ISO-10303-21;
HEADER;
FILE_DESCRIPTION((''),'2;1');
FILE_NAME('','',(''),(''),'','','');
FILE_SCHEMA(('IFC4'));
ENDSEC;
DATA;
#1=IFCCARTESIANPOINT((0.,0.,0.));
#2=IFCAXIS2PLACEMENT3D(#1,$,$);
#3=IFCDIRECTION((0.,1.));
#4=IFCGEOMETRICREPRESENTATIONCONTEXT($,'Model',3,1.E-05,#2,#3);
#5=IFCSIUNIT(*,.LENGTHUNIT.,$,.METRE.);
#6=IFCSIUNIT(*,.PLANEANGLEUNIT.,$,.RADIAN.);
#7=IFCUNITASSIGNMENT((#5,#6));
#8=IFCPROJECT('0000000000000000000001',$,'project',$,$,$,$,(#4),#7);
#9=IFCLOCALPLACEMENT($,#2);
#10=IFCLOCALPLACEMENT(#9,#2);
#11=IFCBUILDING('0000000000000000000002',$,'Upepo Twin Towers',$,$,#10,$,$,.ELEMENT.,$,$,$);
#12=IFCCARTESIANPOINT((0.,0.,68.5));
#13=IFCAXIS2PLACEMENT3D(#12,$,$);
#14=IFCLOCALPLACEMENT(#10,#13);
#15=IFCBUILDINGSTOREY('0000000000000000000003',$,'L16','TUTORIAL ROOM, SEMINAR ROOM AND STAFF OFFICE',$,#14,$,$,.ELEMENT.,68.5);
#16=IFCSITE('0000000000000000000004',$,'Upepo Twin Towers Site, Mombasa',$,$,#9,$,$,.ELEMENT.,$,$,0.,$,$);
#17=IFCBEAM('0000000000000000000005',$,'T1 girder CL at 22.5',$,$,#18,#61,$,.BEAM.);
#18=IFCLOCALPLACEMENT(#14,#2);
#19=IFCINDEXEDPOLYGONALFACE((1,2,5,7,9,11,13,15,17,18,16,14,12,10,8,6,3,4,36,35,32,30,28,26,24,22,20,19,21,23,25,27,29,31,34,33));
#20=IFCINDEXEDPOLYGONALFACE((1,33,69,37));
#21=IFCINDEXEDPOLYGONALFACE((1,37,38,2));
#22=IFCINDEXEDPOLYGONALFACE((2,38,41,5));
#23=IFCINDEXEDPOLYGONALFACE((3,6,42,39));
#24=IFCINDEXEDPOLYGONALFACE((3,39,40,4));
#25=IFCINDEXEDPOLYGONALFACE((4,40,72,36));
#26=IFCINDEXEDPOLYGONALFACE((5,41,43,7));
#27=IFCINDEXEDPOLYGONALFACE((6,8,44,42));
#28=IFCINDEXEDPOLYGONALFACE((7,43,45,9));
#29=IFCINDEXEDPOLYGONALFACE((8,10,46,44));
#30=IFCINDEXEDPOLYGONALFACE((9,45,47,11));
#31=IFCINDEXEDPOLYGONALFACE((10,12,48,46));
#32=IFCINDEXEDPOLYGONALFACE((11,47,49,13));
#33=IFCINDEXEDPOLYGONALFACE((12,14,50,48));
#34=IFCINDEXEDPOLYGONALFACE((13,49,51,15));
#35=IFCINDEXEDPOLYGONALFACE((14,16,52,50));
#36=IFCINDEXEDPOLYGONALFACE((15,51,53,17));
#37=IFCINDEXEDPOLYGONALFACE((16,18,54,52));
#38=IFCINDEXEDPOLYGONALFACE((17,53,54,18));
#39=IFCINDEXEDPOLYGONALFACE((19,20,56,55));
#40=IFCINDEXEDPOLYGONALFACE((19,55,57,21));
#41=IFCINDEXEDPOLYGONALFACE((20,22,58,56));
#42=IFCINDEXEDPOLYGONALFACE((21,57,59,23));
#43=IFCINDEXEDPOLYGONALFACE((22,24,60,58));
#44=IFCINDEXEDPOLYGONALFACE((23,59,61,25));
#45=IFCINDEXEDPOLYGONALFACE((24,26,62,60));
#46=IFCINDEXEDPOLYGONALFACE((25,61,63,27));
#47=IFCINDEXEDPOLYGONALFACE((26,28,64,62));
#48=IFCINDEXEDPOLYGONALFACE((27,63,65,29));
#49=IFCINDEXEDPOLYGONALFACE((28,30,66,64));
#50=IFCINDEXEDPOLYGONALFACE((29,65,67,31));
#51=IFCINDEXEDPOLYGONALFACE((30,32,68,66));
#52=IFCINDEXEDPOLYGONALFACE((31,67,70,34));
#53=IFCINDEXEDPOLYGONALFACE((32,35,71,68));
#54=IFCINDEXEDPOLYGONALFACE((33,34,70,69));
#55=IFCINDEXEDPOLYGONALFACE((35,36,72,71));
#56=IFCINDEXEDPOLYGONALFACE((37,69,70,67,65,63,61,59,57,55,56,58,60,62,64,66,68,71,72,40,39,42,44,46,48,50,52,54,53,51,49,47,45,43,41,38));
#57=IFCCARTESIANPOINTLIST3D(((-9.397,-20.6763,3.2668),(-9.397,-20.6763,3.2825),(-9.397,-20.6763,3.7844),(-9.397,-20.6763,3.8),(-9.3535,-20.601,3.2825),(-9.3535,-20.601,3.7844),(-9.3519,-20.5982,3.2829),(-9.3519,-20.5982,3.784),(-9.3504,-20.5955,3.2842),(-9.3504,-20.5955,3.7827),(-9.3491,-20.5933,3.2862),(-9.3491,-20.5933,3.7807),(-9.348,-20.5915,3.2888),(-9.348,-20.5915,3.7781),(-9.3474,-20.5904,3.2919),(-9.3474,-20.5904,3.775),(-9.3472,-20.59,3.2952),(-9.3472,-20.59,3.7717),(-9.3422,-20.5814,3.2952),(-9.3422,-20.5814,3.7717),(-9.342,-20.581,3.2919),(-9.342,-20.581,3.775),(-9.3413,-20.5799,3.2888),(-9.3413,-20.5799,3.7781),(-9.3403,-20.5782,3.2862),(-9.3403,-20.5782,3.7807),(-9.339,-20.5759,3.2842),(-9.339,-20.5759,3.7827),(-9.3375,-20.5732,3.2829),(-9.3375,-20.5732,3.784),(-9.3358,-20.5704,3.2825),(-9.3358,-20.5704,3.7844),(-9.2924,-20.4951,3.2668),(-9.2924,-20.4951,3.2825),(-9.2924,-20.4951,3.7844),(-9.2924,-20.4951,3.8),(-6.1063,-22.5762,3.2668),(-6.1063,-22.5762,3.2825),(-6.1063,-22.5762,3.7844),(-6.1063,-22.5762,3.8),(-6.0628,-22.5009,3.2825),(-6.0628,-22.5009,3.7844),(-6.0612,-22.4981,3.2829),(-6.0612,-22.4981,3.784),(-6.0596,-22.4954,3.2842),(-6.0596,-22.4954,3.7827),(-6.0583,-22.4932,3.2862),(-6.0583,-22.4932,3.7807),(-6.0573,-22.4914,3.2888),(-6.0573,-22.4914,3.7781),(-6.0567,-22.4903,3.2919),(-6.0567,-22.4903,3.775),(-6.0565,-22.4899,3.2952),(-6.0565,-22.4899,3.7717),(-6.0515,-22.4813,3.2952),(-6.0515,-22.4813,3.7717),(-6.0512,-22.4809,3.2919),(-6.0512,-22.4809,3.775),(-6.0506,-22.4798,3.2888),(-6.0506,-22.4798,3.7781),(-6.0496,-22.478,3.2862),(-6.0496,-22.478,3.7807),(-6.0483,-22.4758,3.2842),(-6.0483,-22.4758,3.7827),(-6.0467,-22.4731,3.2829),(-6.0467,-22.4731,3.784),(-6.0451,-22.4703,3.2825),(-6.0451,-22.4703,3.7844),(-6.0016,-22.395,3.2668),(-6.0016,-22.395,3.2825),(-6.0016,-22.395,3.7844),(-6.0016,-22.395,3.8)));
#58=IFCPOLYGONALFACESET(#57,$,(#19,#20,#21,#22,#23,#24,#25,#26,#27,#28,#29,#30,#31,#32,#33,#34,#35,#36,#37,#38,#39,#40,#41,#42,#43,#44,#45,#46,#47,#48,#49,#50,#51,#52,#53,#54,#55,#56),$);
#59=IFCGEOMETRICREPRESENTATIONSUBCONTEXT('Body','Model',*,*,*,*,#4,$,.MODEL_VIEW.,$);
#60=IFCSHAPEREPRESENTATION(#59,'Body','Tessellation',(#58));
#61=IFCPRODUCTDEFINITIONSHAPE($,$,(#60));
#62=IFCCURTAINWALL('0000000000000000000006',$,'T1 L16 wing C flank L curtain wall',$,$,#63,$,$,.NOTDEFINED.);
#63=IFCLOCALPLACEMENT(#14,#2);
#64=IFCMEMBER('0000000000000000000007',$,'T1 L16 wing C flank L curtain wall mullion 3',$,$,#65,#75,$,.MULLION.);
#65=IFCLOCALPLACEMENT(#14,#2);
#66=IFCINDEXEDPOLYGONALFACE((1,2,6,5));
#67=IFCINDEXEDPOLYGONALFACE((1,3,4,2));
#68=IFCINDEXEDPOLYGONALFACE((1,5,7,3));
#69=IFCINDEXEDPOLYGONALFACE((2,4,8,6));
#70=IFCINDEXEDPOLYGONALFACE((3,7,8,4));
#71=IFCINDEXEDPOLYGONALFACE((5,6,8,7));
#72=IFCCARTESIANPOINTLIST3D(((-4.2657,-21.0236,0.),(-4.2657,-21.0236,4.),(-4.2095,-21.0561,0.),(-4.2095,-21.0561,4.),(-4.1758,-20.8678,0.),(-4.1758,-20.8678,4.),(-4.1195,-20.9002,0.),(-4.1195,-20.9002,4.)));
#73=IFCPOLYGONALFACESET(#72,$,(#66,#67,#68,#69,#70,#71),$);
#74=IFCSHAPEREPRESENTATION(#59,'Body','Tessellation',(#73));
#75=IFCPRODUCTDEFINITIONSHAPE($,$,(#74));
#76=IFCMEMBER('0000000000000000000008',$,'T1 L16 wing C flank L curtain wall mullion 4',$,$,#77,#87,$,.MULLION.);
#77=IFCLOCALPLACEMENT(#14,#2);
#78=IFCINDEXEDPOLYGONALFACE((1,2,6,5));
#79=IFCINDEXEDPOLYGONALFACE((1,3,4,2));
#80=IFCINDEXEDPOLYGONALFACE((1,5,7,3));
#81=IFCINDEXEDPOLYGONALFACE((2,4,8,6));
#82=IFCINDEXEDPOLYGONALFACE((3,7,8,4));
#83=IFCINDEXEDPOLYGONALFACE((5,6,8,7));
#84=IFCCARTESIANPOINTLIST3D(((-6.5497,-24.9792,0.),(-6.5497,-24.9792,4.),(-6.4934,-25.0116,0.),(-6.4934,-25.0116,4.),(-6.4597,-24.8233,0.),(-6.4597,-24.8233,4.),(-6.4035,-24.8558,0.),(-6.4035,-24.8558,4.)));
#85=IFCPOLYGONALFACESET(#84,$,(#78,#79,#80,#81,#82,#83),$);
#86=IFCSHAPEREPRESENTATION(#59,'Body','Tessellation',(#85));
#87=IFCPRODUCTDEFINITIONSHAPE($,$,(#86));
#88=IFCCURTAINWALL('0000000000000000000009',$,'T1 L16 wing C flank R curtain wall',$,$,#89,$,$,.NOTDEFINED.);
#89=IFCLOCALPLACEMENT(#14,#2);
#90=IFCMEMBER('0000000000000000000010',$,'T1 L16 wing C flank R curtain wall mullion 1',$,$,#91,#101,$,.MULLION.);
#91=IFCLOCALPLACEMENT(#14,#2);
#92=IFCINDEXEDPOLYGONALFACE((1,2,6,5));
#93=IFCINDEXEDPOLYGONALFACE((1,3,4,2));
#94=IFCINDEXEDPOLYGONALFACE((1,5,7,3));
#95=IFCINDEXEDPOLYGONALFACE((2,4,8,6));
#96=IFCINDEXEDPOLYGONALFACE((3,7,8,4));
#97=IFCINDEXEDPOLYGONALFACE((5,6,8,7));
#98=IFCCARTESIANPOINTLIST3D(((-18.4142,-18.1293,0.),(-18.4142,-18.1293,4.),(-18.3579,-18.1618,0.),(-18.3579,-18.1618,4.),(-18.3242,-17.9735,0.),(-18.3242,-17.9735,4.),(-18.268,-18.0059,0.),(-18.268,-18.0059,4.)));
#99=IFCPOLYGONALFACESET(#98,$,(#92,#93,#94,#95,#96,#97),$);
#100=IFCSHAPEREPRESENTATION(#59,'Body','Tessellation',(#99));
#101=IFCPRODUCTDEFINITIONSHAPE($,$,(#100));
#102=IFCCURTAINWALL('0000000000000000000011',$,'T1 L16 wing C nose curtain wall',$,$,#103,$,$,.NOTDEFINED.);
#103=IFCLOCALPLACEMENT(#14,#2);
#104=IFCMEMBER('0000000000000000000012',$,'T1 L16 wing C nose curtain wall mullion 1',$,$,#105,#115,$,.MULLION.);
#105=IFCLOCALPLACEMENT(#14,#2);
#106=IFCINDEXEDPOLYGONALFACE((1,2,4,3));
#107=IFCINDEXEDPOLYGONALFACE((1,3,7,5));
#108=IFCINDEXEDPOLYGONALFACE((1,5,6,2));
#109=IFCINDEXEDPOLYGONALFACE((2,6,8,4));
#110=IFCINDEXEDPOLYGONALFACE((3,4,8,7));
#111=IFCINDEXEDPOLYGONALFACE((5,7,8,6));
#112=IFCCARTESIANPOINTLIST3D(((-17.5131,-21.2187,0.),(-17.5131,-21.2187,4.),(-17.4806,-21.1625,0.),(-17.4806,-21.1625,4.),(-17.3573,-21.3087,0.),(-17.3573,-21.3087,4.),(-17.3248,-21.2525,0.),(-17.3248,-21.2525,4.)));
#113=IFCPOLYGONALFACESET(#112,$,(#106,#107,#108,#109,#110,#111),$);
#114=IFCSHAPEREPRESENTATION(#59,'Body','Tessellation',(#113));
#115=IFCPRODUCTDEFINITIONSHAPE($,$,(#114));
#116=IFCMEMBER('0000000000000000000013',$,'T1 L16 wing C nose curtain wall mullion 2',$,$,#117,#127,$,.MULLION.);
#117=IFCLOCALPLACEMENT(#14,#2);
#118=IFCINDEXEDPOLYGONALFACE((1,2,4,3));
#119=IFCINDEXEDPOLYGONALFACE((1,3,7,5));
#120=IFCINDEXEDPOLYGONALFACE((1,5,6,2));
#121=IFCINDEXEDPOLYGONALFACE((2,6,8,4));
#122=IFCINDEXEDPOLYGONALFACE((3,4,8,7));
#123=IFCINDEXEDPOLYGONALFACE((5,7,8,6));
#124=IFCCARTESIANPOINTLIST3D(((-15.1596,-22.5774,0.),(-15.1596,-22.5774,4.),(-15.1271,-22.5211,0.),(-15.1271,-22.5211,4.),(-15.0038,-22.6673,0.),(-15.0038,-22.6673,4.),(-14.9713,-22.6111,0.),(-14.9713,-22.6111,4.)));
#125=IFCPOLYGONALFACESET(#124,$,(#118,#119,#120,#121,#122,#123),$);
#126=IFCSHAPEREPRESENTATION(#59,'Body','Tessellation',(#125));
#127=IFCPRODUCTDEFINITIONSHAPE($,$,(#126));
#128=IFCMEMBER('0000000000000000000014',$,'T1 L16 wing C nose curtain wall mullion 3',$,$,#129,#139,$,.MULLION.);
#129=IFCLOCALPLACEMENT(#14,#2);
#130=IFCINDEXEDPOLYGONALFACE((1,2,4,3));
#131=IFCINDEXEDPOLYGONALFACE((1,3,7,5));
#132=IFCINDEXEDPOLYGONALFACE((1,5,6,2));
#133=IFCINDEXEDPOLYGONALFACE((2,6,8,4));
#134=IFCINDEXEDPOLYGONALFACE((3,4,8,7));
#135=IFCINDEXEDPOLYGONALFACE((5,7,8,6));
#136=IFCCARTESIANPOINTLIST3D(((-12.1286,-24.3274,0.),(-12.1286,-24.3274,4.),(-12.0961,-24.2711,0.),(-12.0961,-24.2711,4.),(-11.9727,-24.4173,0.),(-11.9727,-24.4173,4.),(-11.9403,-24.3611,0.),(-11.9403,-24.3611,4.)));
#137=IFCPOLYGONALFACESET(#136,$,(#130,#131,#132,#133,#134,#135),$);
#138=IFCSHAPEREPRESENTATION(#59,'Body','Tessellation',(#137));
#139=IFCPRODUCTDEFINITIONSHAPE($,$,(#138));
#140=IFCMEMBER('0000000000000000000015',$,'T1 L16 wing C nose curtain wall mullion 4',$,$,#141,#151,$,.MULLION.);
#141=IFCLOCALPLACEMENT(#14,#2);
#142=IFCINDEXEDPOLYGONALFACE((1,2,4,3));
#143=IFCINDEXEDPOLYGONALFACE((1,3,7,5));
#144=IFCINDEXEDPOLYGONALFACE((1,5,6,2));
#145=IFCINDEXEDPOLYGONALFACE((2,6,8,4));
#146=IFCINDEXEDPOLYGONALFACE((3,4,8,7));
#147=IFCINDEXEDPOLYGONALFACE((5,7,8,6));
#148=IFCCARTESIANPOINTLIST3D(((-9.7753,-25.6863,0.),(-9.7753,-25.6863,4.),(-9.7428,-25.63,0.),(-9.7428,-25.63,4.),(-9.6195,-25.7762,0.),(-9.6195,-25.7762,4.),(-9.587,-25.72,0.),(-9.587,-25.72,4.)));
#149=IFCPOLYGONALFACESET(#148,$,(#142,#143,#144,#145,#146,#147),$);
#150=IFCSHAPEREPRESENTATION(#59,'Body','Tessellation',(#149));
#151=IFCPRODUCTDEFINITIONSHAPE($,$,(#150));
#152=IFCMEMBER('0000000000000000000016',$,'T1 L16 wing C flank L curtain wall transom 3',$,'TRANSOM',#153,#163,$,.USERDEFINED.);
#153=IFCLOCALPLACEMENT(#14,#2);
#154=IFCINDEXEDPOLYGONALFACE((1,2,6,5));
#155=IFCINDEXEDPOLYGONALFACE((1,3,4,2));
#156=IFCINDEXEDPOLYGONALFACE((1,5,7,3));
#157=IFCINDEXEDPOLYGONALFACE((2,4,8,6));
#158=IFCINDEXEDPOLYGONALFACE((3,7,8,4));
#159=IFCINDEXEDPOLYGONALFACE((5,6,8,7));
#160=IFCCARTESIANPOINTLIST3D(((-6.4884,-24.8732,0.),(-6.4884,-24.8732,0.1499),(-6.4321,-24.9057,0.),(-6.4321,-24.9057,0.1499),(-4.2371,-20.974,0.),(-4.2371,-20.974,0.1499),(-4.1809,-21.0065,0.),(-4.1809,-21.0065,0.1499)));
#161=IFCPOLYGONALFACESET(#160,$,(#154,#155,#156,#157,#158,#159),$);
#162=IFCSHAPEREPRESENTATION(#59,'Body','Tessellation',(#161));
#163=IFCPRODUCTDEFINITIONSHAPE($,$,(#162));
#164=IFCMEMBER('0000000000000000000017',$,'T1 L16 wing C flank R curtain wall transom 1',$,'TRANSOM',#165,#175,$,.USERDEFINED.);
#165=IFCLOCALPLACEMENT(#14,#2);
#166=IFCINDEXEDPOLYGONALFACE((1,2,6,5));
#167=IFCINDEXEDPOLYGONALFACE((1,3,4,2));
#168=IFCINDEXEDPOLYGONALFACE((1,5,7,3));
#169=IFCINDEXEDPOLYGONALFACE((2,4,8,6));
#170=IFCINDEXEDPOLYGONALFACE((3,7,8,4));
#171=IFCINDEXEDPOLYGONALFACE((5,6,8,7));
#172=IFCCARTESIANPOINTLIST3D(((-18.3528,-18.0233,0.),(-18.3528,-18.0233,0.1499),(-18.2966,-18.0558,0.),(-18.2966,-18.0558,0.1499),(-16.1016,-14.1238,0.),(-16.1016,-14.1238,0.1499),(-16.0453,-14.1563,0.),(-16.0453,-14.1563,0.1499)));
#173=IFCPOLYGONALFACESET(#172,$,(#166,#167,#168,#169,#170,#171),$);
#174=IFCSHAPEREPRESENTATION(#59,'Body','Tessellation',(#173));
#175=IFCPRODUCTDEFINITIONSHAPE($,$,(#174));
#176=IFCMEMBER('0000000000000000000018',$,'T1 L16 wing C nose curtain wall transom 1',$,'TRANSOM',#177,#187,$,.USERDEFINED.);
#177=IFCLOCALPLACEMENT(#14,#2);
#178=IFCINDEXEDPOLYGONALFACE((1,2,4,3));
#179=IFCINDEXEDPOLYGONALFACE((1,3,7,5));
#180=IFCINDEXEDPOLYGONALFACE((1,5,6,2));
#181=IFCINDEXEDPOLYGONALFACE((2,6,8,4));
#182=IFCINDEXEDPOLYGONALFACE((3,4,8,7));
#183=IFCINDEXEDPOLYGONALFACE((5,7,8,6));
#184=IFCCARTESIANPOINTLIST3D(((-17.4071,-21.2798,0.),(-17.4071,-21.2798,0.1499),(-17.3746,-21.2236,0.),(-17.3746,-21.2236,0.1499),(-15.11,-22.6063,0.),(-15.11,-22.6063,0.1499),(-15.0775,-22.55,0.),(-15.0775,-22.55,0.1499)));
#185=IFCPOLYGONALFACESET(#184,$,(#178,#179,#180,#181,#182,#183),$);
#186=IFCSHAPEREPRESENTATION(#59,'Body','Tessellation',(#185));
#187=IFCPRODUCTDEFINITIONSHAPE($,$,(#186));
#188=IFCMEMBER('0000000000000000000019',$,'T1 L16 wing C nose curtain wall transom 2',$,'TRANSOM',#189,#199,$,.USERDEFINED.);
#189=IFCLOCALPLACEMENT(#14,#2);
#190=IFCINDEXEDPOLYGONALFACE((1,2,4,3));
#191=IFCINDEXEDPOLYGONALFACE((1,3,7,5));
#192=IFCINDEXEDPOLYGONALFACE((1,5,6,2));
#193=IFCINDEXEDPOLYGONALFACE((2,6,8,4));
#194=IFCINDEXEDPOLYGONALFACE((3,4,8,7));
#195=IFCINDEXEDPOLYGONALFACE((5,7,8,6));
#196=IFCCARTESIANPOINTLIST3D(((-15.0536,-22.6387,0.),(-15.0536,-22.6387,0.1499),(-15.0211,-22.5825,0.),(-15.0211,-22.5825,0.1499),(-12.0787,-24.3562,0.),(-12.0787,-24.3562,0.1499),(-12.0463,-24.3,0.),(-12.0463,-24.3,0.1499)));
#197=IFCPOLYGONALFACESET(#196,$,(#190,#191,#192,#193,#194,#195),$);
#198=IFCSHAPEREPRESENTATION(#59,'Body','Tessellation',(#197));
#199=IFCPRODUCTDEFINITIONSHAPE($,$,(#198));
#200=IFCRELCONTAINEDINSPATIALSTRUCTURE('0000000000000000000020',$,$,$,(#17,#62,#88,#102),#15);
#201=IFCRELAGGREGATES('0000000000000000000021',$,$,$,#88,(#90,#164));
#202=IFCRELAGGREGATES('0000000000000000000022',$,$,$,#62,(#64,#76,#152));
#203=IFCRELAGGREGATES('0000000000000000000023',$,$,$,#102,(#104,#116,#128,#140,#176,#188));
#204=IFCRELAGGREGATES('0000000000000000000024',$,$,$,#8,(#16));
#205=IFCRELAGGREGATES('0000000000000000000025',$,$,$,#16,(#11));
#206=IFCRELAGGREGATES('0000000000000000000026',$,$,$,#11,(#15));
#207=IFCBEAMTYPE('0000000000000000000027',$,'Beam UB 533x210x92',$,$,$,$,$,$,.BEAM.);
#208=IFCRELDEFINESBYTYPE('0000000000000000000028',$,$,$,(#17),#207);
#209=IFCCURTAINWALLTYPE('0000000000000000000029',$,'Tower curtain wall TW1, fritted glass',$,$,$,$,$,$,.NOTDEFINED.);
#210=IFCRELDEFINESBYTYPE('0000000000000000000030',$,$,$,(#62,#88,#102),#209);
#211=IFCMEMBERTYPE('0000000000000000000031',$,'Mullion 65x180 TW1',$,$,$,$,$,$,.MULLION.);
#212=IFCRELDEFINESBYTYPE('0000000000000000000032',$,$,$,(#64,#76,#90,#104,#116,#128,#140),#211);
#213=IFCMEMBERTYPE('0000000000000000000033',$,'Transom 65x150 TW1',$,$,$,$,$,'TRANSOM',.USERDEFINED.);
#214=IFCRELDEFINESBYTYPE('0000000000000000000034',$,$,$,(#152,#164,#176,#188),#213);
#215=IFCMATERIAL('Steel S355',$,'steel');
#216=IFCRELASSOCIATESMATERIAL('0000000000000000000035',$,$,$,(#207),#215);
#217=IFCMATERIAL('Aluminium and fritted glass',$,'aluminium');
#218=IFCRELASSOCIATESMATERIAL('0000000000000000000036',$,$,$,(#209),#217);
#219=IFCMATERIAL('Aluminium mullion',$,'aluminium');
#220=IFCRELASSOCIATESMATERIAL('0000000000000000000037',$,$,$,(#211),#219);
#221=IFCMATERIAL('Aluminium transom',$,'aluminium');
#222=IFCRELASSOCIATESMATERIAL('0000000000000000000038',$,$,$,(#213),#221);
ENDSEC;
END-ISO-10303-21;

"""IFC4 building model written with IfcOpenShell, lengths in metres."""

from ifc_helpers import new_model, si_unit, direction, frame, origin, origin_2d, place, context, subcontext, project, spatial, rectangle, i_section, extrude, material, material_profile, profile_set, type_object, element, aggregate, save


model = new_model("IFC4")

# Units and contexts
model_context = context("Model", 3, precision=1e-05, world=origin(), true_north=direction((0.0, 1.0)))
body_context = subcontext(model_context, "Body", "Model", "MODEL_VIEW")
ifc_project = project(units=[si_unit("LENGTHUNIT", "METRE"), si_unit("PLANEANGLEUNIT", "RADIAN")], contexts=[model_context])

# Site, building, storey
site_placement = place(None, origin())
site = spatial("IfcSite", under=ifc_project, at=site_placement, Name="Upepo Twin Towers Site, Mombasa", CompositionType="ELEMENT", RefElevation=0.0)
building_placement = place(site_placement, origin())
building = spatial("IfcBuilding", under=site, at=building_placement, Name="Upepo Twin Towers", CompositionType="ELEMENT")
storey_placement = place(building_placement, frame((0.0, 0.0, 68.5)))
storey = spatial("IfcBuildingStorey", under=building, at=storey_placement, Name="L16", Description="TUTORIAL ROOM, SEMINAR ROOM AND STAFF OFFICE", CompositionType="ELEMENT", Elevation=68.5)

# Beam
ifc_material_1 = material(Name="Steel S355", Category="steel")
ifc_material_profile_1 = material_profile(ifc_material_1, i_section(OverallWidth=0.2092, OverallDepth=0.5332, WebThickness=0.01, FlangeThickness=0.0156, FilletRadius=0.0127, at=origin_2d()), Name="UB 533x210x92")
ifc_profile_set_1 = profile_set([ifc_material_profile_1], Name="Steel S355")
beam_type_1 = type_object("IfcBeamType", Name="Beam UB 533x210x92", PredefinedType="BEAM", material=ifc_profile_set_1)
beam_1_placement = place(storey_placement, frame((-6.054, -22.4856, 3.5334), z_axis=(-0.866028, 0.499995, 0.0), x_axis=(-0.499995, -0.866028, 0.0)))
element("IfcBeam", 1, at=beam_1_placement, inside=storey, type_object=beam_type_1, Name="T1 girder CL at 22.5", PredefinedType="BEAM", context=body_context, shape_type="SweptSolid", body=[
    extrude(i_section(OverallWidth=0.2092, OverallDepth=0.5332, WebThickness=0.01, FlangeThickness=0.0156, FilletRadius=0.0127, at=origin_2d()), origin(), (0.0, 0.0, 1.0), 3.7998),
])

# Curtain wall, members
ifc_material_2 = material(Name="Aluminium and fritted glass", Category="aluminium")
curtain_wall_type = type_object("IfcCurtainWallType", Name="Tower curtain wall TW1, fritted glass", PredefinedType="NOTDEFINED", material=ifc_material_2)
curtain_wall_1_placement = place(storey_placement, origin())
curtain_wall_1 = element("IfcCurtainWall", 2, at=curtain_wall_1_placement, inside=storey, type_object=curtain_wall_type, Name="T1 L16 wing C flank L curtain wall", PredefinedType="NOTDEFINED")
ifc_material_3 = material(Name="Aluminium mullion", Category="aluminium")
ifc_material_profile_2 = material_profile(ifc_material_3, rectangle(XDim=0.0649, YDim=0.1799, at=origin_2d()), Name="MULLION 65x180")
ifc_profile_set_2 = profile_set([ifc_material_profile_2], Name="Aluminium mullion")
member_type_1 = type_object("IfcMemberType", Name="Mullion 65x180 TW1", PredefinedType="MULLION", material=ifc_profile_set_2)
member_1_placement = place(storey_placement, frame((-4.1926, -20.9619, 0.0), z_axis=(0.0, 0.0, 1.0), x_axis=(0.866025, -0.5, 0.0)))
member_1 = element("IfcMember", 3, at=member_1_placement, type_object=member_type_1, Name="T1 L16 wing C flank L curtain wall mullion 3", PredefinedType="MULLION", context=body_context, shape_type="SweptSolid", body=[
    extrude(rectangle(XDim=0.0649, YDim=0.1799, at=origin_2d()), origin(), (0.0, 0.0, 1.0), 4.0),
])
member_2_placement = place(storey_placement, frame((-6.4766, -24.9175, 0.0), z_axis=(0.0, 0.0, 1.0), x_axis=(0.866025, -0.5, 0.0)))
member_2 = element("IfcMember", 4, at=member_2_placement, type_object=member_type_1, Name="T1 L16 wing C flank L curtain wall mullion 4", PredefinedType="MULLION", context=body_context, shape_type="SweptSolid", body=[
    extrude(rectangle(XDim=0.0649, YDim=0.1799, at=origin_2d()), origin(), (0.0, 0.0, 1.0), 4.0),
])

# Curtain wall, member
curtain_wall_2_placement = place(storey_placement, origin())
curtain_wall_2 = element("IfcCurtainWall", 5, at=curtain_wall_2_placement, inside=storey, type_object=curtain_wall_type, Name="T1 L16 wing C flank R curtain wall", PredefinedType="NOTDEFINED")
member_3_placement = place(storey_placement, frame((-18.3411, -18.0676, 0.0), z_axis=(0.0, 0.0, 1.0), x_axis=(-0.866025, 0.5, 0.0)))
member_3 = element("IfcMember", 6, at=member_3_placement, type_object=member_type_1, Name="T1 L16 wing C flank R curtain wall mullion 1", PredefinedType="MULLION", context=body_context, shape_type="SweptSolid", body=[
    extrude(rectangle(XDim=0.0649, YDim=0.1799, at=origin_2d()), origin(), (0.0, 0.0, 1.0), 4.0),
])

# Curtain wall, members
curtain_wall_3_placement = place(storey_placement, origin())
curtain_wall_3 = element("IfcCurtainWall", 7, at=curtain_wall_3_placement, inside=storey, type_object=curtain_wall_type, Name="T1 L16 wing C nose curtain wall", PredefinedType="NOTDEFINED")
member_4_placement = place(storey_placement, frame((-17.4189, -21.2356, 0.0), z_axis=(0.0, 0.0, 1.0), x_axis=(0.5, 0.866025, 0.0)))
member_4 = element("IfcMember", 8, at=member_4_placement, type_object=member_type_1, Name="T1 L16 wing C nose curtain wall mullion 1", PredefinedType="MULLION", context=body_context, shape_type="SweptSolid", body=[
    extrude(rectangle(XDim=0.0649, YDim=0.1799, at=origin_2d()), origin(), (0.0, 0.0, 1.0), 4.0),
])
member_5_placement = place(storey_placement, frame((-15.0654, -22.5942, 0.0), z_axis=(0.0, 0.0, 1.0), x_axis=(0.5, 0.866025, 0.0)))
member_5 = element("IfcMember", 9, at=member_5_placement, type_object=member_type_1, Name="T1 L16 wing C nose curtain wall mullion 2", PredefinedType="MULLION", context=body_context, shape_type="SweptSolid", body=[
    extrude(rectangle(XDim=0.0649, YDim=0.1799, at=origin_2d()), origin(), (0.0, 0.0, 1.0), 4.0),
])
member_6_placement = place(storey_placement, frame((-12.0344, -24.3442, 0.0), z_axis=(0.0, 0.0, 1.0), x_axis=(0.5, 0.866025, 0.0)))
member_6 = element("IfcMember", 10, at=member_6_placement, type_object=member_type_1, Name="T1 L16 wing C nose curtain wall mullion 3", PredefinedType="MULLION", context=body_context, shape_type="SweptSolid", body=[
    extrude(rectangle(XDim=0.0649, YDim=0.1799, at=origin_2d()), origin(), (0.0, 0.0, 1.0), 4.0),
])
member_7_placement = place(storey_placement, frame((-9.6812, -25.7031, 0.0), z_axis=(0.0, 0.0, 1.0), x_axis=(0.5, 0.866025, 0.0)))
member_7 = element("IfcMember", 11, at=member_7_placement, type_object=member_type_1, Name="T1 L16 wing C nose curtain wall mullion 4", PredefinedType="MULLION", context=body_context, shape_type="SweptSolid", body=[
    extrude(rectangle(XDim=0.0649, YDim=0.1799, at=origin_2d()), origin(), (0.0, 0.0, 1.0), 4.0),
])

# Members
ifc_material_4 = material(Name="Aluminium transom", Category="aluminium")
ifc_material_profile_3 = material_profile(ifc_material_4, rectangle(XDim=0.0649, YDim=0.1499, at=origin_2d()), Name="TRANSOM 65x150")
ifc_profile_set_3 = profile_set([ifc_material_profile_3], Name="Aluminium transom")
member_type_2 = type_object("IfcMemberType", Name="Transom 65x150 TW1", ElementType="TRANSOM", PredefinedType="USERDEFINED", material=ifc_profile_set_3)
member_8_placement = place(storey_placement, frame((-4.209, -20.9902, 0.075), z_axis=(-0.500006, -0.866022, 0.0), x_axis=(0.866022, -0.500006, 0.0)))
member_8 = element("IfcMember", 12, at=member_8_placement, type_object=member_type_2, Name="T1 L16 wing C flank L curtain wall transom 3", ObjectType="TRANSOM", PredefinedType="USERDEFINED", context=body_context, shape_type="SweptSolid", body=[
    extrude(rectangle(XDim=0.0649, YDim=0.1499, at=origin_2d()), origin(), (0.0, 0.0, 1.0), 4.5024),
])
member_9_placement = place(storey_placement, frame((-18.3247, -18.0396, 0.075), z_axis=(0.499982, 0.866036, 0.0), x_axis=(-0.866036, 0.499982, 0.0)))
member_9 = element("IfcMember", 13, at=member_9_placement, type_object=member_type_2, Name="T1 L16 wing C flank R curtain wall transom 1", ObjectType="TRANSOM", PredefinedType="USERDEFINED", context=body_context, shape_type="SweptSolid", body=[
    extrude(rectangle(XDim=0.0649, YDim=0.1499, at=origin_2d()), origin(), (0.0, 0.0, 1.0), 4.5027),
])
aggregate(curtain_wall_2, [member_3, member_9])
member_10_placement = place(storey_placement, frame((-17.3909, -21.2517, 0.075), z_axis=(0.865997, -0.500049, 0.0), x_axis=(0.500049, 0.865997, 0.0)))
member_10 = element("IfcMember", 14, at=member_10_placement, type_object=member_type_2, Name="T1 L16 wing C nose curtain wall transom 1", ObjectType="TRANSOM", PredefinedType="USERDEFINED", context=body_context, shape_type="SweptSolid", body=[
    extrude(rectangle(XDim=0.0649, YDim=0.1499, at=origin_2d()), origin(), (0.0, 0.0, 1.0), 2.6526),
])
member_11_placement = place(storey_placement, frame((-15.0374, -22.6106, 0.075), z_axis=(0.866026, -0.499999, 0.0), x_axis=(0.499999, 0.866026, 0.0)))
member_11 = element("IfcMember", 15, at=member_11_placement, type_object=member_type_2, Name="T1 L16 wing C nose curtain wall transom 2", ObjectType="TRANSOM", PredefinedType="USERDEFINED", context=body_context, shape_type="SweptSolid", body=[
    extrude(rectangle(XDim=0.0649, YDim=0.1499, at=origin_2d()), origin(), (0.0, 0.0, 1.0), 3.4351),
])

aggregate(curtain_wall_1, [member_1, member_2, member_8])
aggregate(curtain_wall_3, [member_4, member_5, member_6, member_7, member_10, member_11])

save(model, "model.ifc")
